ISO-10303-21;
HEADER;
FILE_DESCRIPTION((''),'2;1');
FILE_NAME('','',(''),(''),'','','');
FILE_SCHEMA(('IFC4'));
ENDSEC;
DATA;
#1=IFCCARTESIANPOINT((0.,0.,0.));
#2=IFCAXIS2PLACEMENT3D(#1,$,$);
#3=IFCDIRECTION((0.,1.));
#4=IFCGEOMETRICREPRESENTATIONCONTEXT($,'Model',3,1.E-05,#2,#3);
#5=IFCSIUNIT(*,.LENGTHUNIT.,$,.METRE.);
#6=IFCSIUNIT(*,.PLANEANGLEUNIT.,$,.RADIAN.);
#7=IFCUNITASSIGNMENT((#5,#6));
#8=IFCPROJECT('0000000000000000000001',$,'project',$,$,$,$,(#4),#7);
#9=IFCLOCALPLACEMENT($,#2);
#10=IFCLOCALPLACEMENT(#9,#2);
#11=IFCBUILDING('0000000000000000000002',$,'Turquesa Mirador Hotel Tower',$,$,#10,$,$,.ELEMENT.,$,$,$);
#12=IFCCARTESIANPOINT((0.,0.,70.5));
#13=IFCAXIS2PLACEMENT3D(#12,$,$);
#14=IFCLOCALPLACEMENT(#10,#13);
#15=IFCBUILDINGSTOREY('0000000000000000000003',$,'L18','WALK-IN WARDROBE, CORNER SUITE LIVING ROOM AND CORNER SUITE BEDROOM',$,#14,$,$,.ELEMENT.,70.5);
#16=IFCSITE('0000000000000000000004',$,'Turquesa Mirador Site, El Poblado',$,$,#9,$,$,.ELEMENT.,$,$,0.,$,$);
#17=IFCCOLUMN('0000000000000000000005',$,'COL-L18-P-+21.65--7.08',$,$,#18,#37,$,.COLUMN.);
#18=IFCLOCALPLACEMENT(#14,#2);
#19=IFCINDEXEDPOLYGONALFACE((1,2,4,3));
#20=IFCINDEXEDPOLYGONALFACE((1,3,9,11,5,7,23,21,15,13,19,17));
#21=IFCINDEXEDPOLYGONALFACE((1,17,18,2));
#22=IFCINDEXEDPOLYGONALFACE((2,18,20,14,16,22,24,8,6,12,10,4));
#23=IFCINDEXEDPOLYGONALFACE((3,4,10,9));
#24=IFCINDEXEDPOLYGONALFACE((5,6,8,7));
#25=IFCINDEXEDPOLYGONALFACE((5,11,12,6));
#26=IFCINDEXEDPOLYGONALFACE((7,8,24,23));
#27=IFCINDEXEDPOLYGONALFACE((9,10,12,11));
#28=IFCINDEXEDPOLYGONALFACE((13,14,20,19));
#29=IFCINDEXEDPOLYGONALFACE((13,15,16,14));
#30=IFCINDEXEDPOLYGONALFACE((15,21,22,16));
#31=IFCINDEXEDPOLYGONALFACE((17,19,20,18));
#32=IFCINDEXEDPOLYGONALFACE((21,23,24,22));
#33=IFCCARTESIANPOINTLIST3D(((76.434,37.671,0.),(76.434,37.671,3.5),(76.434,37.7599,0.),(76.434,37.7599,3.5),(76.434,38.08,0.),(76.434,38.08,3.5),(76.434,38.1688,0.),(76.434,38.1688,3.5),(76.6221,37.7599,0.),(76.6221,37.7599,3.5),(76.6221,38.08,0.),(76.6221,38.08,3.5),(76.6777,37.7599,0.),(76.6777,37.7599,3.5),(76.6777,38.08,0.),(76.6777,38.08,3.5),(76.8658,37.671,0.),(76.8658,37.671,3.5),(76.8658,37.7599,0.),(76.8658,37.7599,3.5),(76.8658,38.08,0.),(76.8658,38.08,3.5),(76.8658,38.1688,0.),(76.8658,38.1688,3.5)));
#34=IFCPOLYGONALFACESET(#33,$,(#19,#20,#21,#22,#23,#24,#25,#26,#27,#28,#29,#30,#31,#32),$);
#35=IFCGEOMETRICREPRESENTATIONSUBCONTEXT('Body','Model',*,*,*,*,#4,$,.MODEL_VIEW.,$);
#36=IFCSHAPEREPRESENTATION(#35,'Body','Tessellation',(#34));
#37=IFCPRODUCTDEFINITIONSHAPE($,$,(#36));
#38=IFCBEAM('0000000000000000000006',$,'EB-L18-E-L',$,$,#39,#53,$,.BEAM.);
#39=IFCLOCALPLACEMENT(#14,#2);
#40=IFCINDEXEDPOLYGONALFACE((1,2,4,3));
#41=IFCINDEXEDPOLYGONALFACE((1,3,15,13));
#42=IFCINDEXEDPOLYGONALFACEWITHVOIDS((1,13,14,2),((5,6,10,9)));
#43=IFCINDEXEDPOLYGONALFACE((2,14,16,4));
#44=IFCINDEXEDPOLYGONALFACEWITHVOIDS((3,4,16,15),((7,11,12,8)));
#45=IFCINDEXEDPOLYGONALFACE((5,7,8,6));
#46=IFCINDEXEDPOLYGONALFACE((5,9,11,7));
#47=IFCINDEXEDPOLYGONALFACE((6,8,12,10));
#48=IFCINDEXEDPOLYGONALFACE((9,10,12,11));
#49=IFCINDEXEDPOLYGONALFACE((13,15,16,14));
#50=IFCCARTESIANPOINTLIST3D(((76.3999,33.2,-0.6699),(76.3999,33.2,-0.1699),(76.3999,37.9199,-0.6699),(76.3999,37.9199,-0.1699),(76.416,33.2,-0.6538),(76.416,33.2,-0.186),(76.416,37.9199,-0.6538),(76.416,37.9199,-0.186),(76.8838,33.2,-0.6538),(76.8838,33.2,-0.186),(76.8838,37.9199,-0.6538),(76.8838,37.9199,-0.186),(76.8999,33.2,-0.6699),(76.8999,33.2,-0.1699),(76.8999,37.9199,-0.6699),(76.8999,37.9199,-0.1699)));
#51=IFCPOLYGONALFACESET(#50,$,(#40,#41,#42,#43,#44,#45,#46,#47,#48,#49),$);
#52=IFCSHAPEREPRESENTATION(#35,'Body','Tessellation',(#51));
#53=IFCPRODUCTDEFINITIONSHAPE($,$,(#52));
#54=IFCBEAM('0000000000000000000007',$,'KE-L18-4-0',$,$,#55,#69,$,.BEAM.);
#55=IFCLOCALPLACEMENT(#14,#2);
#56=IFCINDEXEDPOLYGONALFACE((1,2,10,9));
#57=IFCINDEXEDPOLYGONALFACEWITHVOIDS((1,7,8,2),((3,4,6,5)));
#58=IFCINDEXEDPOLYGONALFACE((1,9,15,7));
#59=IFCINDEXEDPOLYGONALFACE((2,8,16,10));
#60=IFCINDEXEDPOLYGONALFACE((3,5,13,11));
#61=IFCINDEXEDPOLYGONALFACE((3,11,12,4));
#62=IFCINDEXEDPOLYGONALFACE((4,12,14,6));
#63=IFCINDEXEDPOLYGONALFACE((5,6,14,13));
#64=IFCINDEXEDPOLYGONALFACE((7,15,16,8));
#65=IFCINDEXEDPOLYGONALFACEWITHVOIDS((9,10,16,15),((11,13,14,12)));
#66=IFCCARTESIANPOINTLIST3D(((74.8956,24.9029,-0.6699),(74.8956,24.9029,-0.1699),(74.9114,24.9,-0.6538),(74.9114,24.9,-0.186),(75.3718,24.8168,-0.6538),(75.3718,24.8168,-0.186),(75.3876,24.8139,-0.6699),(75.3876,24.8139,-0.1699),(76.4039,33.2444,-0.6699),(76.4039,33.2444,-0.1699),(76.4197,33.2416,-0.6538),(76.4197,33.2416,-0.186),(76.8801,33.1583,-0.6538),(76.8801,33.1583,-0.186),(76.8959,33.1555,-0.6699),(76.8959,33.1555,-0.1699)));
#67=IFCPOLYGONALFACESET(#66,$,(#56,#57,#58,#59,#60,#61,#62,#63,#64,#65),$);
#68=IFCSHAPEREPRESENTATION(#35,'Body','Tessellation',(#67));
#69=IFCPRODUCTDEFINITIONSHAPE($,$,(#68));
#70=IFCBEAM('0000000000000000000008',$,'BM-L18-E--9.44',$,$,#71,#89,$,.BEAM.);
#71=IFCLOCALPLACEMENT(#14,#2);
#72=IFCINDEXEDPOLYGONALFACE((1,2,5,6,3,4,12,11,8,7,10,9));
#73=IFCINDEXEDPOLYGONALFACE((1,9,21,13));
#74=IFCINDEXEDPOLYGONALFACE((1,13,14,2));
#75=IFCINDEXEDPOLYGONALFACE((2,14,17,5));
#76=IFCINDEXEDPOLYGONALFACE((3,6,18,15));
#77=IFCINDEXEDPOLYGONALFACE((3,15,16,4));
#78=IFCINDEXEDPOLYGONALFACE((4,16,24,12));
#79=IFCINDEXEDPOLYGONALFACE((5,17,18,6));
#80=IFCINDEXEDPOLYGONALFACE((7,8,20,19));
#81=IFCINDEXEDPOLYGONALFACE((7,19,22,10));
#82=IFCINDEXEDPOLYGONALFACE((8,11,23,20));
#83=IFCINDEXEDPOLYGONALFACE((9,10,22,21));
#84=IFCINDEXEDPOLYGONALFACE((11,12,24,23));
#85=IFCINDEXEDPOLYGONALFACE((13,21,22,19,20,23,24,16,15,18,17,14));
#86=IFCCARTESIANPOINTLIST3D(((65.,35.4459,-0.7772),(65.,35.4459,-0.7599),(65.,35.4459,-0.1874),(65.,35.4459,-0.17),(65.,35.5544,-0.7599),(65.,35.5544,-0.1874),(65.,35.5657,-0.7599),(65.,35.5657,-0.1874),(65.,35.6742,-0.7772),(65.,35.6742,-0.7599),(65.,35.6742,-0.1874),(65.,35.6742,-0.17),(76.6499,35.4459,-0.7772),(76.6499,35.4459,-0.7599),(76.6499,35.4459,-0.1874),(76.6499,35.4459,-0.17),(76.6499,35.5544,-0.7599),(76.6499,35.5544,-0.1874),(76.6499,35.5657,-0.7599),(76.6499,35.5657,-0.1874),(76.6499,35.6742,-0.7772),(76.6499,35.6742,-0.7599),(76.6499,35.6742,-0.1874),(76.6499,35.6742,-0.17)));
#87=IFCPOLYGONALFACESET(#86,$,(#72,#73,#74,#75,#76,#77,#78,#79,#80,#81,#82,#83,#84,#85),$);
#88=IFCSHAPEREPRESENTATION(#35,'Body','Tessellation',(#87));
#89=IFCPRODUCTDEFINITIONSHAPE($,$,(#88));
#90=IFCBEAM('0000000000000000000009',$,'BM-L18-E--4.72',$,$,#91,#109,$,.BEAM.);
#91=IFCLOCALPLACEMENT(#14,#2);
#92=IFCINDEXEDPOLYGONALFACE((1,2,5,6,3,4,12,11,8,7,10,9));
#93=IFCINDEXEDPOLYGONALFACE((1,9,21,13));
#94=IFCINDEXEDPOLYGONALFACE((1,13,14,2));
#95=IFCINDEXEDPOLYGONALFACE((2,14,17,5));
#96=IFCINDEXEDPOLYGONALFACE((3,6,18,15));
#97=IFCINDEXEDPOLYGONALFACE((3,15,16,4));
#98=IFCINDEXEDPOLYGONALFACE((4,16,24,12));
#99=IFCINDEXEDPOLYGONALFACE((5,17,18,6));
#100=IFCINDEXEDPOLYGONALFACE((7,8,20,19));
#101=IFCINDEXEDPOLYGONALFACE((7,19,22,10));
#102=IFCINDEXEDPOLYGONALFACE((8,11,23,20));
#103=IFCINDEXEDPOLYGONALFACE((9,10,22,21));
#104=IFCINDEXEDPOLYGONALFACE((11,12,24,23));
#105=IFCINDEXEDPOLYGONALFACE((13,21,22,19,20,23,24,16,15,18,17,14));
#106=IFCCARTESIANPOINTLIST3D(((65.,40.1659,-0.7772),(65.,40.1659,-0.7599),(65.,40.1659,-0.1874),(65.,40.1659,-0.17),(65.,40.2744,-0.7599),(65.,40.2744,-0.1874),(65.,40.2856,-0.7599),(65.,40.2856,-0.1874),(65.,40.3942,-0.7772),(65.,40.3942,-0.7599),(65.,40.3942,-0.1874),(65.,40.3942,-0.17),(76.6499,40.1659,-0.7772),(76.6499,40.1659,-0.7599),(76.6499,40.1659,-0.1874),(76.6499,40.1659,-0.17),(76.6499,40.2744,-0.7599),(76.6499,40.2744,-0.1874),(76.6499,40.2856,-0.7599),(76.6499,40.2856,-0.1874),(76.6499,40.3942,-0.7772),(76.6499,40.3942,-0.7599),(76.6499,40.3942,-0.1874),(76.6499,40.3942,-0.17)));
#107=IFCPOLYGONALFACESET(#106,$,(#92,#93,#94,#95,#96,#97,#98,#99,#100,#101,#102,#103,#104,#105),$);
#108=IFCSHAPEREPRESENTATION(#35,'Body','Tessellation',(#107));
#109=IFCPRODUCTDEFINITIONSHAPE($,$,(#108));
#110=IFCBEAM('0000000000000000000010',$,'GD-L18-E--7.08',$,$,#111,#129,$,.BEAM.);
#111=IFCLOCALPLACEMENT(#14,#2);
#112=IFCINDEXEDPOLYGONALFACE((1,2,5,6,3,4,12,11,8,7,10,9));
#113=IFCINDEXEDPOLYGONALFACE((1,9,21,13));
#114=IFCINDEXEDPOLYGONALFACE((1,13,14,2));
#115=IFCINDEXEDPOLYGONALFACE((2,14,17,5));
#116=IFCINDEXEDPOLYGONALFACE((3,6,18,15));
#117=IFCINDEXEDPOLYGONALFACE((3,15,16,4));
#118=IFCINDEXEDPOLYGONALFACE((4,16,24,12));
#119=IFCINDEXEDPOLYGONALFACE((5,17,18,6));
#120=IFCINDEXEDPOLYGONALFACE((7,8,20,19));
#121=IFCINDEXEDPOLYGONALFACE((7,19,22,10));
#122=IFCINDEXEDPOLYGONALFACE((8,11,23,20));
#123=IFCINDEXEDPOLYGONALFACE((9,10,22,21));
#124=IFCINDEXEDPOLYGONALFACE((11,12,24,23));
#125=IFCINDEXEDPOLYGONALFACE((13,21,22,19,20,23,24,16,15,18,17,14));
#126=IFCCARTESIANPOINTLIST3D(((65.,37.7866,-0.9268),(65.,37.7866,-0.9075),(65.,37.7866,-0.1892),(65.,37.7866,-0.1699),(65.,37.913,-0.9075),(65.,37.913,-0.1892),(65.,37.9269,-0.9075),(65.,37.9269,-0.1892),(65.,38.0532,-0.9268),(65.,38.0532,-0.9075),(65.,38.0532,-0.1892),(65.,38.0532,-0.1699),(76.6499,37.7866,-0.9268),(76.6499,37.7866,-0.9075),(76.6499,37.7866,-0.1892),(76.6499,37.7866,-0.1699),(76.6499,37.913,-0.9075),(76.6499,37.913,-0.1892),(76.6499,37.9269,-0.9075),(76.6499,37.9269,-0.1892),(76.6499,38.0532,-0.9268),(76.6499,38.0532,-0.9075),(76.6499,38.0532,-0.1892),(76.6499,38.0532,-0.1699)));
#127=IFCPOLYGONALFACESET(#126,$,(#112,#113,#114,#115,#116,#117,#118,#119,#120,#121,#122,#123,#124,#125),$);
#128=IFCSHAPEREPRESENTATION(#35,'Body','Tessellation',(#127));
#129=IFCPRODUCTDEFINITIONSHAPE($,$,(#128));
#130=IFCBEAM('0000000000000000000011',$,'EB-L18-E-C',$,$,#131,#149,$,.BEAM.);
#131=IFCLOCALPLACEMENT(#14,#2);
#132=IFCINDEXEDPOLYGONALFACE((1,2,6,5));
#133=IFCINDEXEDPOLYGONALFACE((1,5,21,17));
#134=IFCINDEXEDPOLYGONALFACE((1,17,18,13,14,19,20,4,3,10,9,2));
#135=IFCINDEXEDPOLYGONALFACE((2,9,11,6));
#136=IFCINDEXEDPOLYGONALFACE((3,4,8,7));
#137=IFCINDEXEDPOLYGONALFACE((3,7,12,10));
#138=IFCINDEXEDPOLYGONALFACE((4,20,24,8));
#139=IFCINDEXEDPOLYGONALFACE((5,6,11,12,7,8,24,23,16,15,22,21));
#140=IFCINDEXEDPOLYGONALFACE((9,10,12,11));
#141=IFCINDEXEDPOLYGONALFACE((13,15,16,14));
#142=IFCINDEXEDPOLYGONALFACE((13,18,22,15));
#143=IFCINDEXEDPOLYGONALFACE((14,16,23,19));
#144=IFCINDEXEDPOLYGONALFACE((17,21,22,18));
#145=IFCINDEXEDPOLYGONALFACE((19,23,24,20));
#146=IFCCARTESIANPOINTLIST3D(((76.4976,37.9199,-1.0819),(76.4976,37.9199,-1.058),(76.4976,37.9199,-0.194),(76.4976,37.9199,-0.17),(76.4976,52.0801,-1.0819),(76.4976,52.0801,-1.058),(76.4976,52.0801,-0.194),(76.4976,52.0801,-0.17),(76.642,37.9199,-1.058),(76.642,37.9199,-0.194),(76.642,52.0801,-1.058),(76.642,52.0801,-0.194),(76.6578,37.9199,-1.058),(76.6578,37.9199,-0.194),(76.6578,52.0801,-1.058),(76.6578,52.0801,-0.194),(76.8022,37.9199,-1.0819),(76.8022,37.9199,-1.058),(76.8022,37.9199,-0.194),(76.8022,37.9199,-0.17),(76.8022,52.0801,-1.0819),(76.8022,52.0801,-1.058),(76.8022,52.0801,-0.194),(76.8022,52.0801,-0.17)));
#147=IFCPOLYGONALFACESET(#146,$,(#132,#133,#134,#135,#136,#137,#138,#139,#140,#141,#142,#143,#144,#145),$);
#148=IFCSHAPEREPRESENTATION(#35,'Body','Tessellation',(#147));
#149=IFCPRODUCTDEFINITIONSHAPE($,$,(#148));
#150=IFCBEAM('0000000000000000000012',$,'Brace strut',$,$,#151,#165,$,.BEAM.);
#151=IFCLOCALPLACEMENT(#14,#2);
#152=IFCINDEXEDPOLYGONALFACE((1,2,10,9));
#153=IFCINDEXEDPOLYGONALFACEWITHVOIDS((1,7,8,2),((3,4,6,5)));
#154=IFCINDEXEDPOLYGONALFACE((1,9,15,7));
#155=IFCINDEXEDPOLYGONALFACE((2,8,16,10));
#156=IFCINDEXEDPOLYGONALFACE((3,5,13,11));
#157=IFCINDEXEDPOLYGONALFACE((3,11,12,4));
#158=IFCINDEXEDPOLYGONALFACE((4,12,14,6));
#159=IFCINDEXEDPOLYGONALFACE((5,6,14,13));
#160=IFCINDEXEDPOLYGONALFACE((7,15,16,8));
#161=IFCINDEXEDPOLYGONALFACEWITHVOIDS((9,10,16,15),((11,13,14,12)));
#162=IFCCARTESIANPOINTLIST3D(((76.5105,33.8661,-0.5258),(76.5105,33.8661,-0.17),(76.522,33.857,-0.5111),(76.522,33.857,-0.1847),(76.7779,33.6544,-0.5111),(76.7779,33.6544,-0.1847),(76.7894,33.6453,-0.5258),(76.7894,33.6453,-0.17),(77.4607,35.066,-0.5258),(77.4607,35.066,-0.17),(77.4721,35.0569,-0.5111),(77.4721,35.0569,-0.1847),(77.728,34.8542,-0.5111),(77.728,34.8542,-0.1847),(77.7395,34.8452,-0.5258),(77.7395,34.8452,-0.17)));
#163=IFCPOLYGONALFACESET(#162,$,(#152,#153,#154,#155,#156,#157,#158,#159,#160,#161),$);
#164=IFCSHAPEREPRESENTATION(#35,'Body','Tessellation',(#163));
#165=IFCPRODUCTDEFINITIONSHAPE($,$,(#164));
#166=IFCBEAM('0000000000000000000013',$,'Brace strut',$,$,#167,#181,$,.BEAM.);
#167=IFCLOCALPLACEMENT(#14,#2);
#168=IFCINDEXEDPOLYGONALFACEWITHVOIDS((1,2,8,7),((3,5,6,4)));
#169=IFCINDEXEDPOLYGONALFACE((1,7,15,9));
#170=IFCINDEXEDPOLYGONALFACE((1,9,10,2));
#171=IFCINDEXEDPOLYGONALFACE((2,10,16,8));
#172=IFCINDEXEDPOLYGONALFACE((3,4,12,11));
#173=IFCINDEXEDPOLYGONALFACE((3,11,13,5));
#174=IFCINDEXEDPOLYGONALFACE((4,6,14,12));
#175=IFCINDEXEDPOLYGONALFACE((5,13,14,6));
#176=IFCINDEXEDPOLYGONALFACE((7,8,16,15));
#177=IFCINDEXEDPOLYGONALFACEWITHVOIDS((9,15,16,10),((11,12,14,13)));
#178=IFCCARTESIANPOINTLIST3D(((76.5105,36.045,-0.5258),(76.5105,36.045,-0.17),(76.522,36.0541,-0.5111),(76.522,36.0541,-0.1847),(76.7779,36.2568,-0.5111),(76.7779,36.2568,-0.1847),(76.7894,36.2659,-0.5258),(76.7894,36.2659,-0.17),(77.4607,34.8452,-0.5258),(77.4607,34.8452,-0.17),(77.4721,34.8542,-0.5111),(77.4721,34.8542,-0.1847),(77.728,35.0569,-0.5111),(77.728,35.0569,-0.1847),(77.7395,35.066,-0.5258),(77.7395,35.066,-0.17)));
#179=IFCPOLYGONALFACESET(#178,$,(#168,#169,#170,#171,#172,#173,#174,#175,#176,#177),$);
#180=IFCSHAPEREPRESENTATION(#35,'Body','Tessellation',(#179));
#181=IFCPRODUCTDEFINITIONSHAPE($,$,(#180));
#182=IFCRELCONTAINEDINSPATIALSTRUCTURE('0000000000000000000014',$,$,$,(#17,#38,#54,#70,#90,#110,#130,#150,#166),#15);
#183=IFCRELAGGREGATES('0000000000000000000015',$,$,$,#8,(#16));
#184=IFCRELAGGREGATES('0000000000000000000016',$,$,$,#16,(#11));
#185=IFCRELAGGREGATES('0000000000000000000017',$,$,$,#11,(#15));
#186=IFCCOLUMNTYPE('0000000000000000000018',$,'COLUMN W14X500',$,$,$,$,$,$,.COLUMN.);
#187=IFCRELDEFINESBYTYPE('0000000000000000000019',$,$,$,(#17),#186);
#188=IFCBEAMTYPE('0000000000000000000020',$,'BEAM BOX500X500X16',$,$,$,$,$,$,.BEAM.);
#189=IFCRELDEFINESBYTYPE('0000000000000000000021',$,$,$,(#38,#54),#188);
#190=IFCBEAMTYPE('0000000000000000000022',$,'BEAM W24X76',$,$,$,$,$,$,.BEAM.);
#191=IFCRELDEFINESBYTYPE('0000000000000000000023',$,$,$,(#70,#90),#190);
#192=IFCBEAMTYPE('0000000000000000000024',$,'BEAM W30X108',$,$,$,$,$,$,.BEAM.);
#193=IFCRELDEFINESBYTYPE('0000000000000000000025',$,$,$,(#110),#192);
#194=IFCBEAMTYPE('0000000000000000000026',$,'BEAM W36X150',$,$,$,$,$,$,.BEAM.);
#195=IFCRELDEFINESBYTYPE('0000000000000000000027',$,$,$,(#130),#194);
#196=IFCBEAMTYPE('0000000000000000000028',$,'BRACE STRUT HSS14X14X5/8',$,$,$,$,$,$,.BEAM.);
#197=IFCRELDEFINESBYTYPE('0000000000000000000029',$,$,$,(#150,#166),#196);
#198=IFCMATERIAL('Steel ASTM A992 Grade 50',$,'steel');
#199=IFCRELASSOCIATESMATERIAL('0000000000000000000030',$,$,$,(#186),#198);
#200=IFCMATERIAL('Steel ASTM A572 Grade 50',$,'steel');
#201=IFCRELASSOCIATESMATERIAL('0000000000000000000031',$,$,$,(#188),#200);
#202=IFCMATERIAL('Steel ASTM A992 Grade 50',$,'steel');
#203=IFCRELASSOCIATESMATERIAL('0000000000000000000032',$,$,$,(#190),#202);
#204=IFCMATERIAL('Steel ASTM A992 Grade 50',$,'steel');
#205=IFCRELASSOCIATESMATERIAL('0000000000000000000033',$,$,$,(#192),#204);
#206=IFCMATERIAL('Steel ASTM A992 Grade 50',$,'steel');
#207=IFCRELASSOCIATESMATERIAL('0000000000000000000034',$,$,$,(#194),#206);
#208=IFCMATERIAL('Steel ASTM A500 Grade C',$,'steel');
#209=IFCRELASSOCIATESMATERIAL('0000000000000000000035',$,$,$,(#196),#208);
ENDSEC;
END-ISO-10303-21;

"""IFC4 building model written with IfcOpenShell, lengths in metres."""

from ifc_helpers import new_model, si_unit, direction, frame, origin, origin_2d, place, context, subcontext, project, spatial, hollow_rectangle, i_section, extrude, material, material_profile, profile_set, type_object, element, save


model = new_model("IFC4")

# Units and contexts
model_context = context("Model", 3, precision=1e-05, world=origin(), true_north=direction((0.0, 1.0)))
body_context = subcontext(model_context, "Body", "Model", "MODEL_VIEW")
ifc_project = project(units=[si_unit("LENGTHUNIT", "METRE"), si_unit("PLANEANGLEUNIT", "RADIAN")], contexts=[model_context])

# Site, building, storey
site_placement = place(None, origin())
site = spatial("IfcSite", under=ifc_project, at=site_placement, Name="Turquesa Mirador Site, El Poblado", CompositionType="ELEMENT", RefElevation=0.0)
building_placement = place(site_placement, origin())
building = spatial("IfcBuilding", under=site, at=building_placement, Name="Turquesa Mirador Hotel Tower", CompositionType="ELEMENT")
storey_placement = place(building_placement, frame((0.0, 0.0, 70.5)))
storey = spatial("IfcBuildingStorey", under=building, at=storey_placement, Name="L18", Description="WALK-IN WARDROBE, CORNER SUITE LIVING ROOM AND CORNER SUITE BEDROOM", CompositionType="ELEMENT", Elevation=70.5)

# Column
ifc_material_1 = material(Name="Steel ASTM A992 Grade 50", Category="steel")
ifc_material_profile_1 = material_profile(ifc_material_1, i_section(OverallWidth=0.4319, OverallDepth=0.4978, WebThickness=0.0557, FlangeThickness=0.0889, at=origin_2d()), Name="W14X500")
ifc_profile_set_1 = profile_set([ifc_material_profile_1], Name="Steel ASTM A992 Grade 50")
column_type = type_object("IfcColumnType", Name="COLUMN W14X500", PredefinedType="COLUMN", material=ifc_profile_set_1)
column_placement = place(storey_placement, frame((76.6499, 37.9199, 0.0), z_axis=(0.0, 0.0, 1.0), x_axis=(1.0, 0.0, 0.0)))
element("IfcColumn", 1, at=column_placement, inside=storey, type_object=column_type, Name="COL-L18-P-+21.65--7.08", PredefinedType="COLUMN", context=body_context, shape_type="SweptSolid", body=[
    extrude(i_section(OverallWidth=0.4319, OverallDepth=0.4978, WebThickness=0.0557, FlangeThickness=0.0889, at=origin_2d()), origin(), (0.0, 0.0, 1.0), 3.5),
])

# Beams
ifc_material_2 = material(Name="Steel ASTM A572 Grade 50", Category="steel")
ifc_material_profile_2 = material_profile(ifc_material_2, hollow_rectangle(XDim=0.5, YDim=0.5, WallThickness=0.0161, at=origin_2d()), Name="BOX500X500X16")
ifc_profile_set_2 = profile_set([ifc_material_profile_2], Name="Steel ASTM A572 Grade 50")
beam_type_1 = type_object("IfcBeamType", Name="BEAM BOX500X500X16", PredefinedType="BEAM", material=ifc_profile_set_2)
beam_1_placement = place(storey_placement, frame((76.6499, 33.2, -0.4199), z_axis=(0.0, 1.0, 0.0), x_axis=(-1.0, 0.0, 0.0)))
element("IfcBeam", 2, at=beam_1_placement, inside=storey, type_object=beam_type_1, Name="EB-L18-E-L", PredefinedType="BEAM", context=body_context, shape_type="SweptSolid", body=[
    extrude(hollow_rectangle(XDim=0.5, YDim=0.5, WallThickness=0.0161, at=origin_2d()), origin(), (0.0, 0.0, 1.0), 4.72),
])
beam_2_placement = place(storey_placement, frame((76.6499, 33.2, -0.4199), z_axis=(-0.177932, -0.984043, 0.0), x_axis=(0.984043, -0.177932, 0.0)))
element("IfcBeam", 3, at=beam_2_placement, inside=storey, type_object=beam_type_1, Name="KE-L18-4-0", PredefinedType="BEAM", context=body_context, shape_type="SweptSolid", body=[
    extrude(hollow_rectangle(XDim=0.5, YDim=0.5, WallThickness=0.0161, at=origin_2d()), origin(), (0.0, 0.0, 1.0), 8.4768),
])
ifc_material_3 = material(Name="Steel ASTM A992 Grade 50", Category="steel")
ifc_material_profile_3 = material_profile(ifc_material_3, i_section(OverallWidth=0.2283, OverallDepth=0.6072, WebThickness=0.0112, FlangeThickness=0.0173, at=origin_2d()), Name="W24X76")
ifc_profile_set_3 = profile_set([ifc_material_profile_3], Name="Steel ASTM A992 Grade 50")
beam_type_2 = type_object("IfcBeamType", Name="BEAM W24X76", PredefinedType="BEAM", material=ifc_profile_set_3)
for number, where, z_axis, x_axis, name in (
    (4, (76.6499, 35.5601, -0.4736), (-1.0, 0.0, 0.0), (0.0, -1.0, 0.0), "BM-L18-E--9.44"),
    (5, (76.6499, 40.28, -0.4736), (-1.0, 0.0, 0.0), (0.0, -1.0, 0.0), "BM-L18-E--4.72"),
):
    element("IfcBeam", number, at=place(storey_placement, frame(where, z_axis=z_axis, x_axis=x_axis)), inside=storey, type_object=beam_type_2, Name=name, PredefinedType="BEAM", context=body_context, shape_type="SweptSolid", body=[
        extrude(i_section(OverallWidth=0.2283, OverallDepth=0.6072, WebThickness=0.0112, FlangeThickness=0.0173, at=origin_2d()), origin(), (0.0, 0.0, 1.0), 11.6499),
    ])
ifc_material_4 = material(Name="Steel ASTM A992 Grade 50", Category="steel")
ifc_material_profile_4 = material_profile(ifc_material_4, i_section(OverallWidth=0.2666, OverallDepth=0.7568, WebThickness=0.0139, FlangeThickness=0.0193, at=origin_2d()), Name="W30X108")
ifc_profile_set_4 = profile_set([ifc_material_profile_4], Name="Steel ASTM A992 Grade 50")
beam_type_3 = type_object("IfcBeamType", Name="BEAM W30X108", PredefinedType="BEAM", material=ifc_profile_set_4)
beam_3_placement = place(storey_placement, frame((76.6499, 37.9199, -0.5483), z_axis=(-1.0, 0.0, 0.0), x_axis=(0.0, -1.0, 0.0)))
element("IfcBeam", 6, at=beam_3_placement, inside=storey, type_object=beam_type_3, Name="GD-L18-E--7.08", PredefinedType="BEAM", context=body_context, shape_type="SweptSolid", body=[
    extrude(i_section(OverallWidth=0.2666, OverallDepth=0.7568, WebThickness=0.0139, FlangeThickness=0.0193, at=origin_2d()), origin(), (0.0, 0.0, 1.0), 11.6499),
])
ifc_material_5 = material(Name="Steel ASTM A992 Grade 50", Category="steel")
ifc_material_profile_5 = material_profile(ifc_material_5, i_section(OverallWidth=0.3047, OverallDepth=0.9119, WebThickness=0.0159, FlangeThickness=0.0239, at=origin_2d()), Name="W36X150")
ifc_profile_set_5 = profile_set([ifc_material_profile_5], Name="Steel ASTM A992 Grade 50")
beam_type_4 = type_object("IfcBeamType", Name="BEAM W36X150", PredefinedType="BEAM", material=ifc_profile_set_5)
beam_4_placement = place(storey_placement, frame((76.6499, 37.9199, -0.626), z_axis=(0.0, 1.0, 0.0), x_axis=(-1.0, 0.0, 0.0)))
element("IfcBeam", 7, at=beam_4_placement, inside=storey, type_object=beam_type_4, Name="EB-L18-E-C", PredefinedType="BEAM", context=body_context, shape_type="SweptSolid", body=[
    extrude(i_section(OverallWidth=0.3047, OverallDepth=0.9119, WebThickness=0.0159, FlangeThickness=0.0239, at=origin_2d()), origin(), (0.0, 0.0, 1.0), 14.1602),
])
ifc_material_6 = material(Name="Steel ASTM A500 Grade C", Category="steel")
ifc_material_profile_6 = material_profile(ifc_material_6, hollow_rectangle(XDim=0.3557, YDim=0.3557, WallThickness=0.0146, at=origin_2d()), Name="HSS14X14X5/8")
ifc_profile_set_6 = profile_set([ifc_material_profile_6], Name="Steel ASTM A500 Grade C")
beam_type_5 = type_object("IfcBeamType", Name="BRACE STRUT HSS14X14X5/8", PredefinedType="BEAM", material=ifc_profile_set_6)
for number, where, z_axis, x_axis, name in (
    (8, (77.6001, 34.9556, -0.3479), (-0.620797, -0.783971, 0.0), (0.783971, -0.620797, 0.0), "Brace strut"),
    (9, (77.6001, 34.9556, -0.3479), (-0.620797, 0.783971, 0.0), (-0.783971, -0.620797, 0.0), "Brace strut"),
):
    element("IfcBeam", number, at=place(storey_placement, frame(where, z_axis=z_axis, x_axis=x_axis)), inside=storey, type_object=beam_type_5, Name=name, PredefinedType="BEAM", context=body_context, shape_type="SweptSolid", body=[
        extrude(hollow_rectangle(XDim=0.3557, YDim=0.3557, WallThickness=0.0146, at=origin_2d()), origin(), (0.0, 0.0, 1.0), 1.5305),
    ])

save(model, "model.ifc")
